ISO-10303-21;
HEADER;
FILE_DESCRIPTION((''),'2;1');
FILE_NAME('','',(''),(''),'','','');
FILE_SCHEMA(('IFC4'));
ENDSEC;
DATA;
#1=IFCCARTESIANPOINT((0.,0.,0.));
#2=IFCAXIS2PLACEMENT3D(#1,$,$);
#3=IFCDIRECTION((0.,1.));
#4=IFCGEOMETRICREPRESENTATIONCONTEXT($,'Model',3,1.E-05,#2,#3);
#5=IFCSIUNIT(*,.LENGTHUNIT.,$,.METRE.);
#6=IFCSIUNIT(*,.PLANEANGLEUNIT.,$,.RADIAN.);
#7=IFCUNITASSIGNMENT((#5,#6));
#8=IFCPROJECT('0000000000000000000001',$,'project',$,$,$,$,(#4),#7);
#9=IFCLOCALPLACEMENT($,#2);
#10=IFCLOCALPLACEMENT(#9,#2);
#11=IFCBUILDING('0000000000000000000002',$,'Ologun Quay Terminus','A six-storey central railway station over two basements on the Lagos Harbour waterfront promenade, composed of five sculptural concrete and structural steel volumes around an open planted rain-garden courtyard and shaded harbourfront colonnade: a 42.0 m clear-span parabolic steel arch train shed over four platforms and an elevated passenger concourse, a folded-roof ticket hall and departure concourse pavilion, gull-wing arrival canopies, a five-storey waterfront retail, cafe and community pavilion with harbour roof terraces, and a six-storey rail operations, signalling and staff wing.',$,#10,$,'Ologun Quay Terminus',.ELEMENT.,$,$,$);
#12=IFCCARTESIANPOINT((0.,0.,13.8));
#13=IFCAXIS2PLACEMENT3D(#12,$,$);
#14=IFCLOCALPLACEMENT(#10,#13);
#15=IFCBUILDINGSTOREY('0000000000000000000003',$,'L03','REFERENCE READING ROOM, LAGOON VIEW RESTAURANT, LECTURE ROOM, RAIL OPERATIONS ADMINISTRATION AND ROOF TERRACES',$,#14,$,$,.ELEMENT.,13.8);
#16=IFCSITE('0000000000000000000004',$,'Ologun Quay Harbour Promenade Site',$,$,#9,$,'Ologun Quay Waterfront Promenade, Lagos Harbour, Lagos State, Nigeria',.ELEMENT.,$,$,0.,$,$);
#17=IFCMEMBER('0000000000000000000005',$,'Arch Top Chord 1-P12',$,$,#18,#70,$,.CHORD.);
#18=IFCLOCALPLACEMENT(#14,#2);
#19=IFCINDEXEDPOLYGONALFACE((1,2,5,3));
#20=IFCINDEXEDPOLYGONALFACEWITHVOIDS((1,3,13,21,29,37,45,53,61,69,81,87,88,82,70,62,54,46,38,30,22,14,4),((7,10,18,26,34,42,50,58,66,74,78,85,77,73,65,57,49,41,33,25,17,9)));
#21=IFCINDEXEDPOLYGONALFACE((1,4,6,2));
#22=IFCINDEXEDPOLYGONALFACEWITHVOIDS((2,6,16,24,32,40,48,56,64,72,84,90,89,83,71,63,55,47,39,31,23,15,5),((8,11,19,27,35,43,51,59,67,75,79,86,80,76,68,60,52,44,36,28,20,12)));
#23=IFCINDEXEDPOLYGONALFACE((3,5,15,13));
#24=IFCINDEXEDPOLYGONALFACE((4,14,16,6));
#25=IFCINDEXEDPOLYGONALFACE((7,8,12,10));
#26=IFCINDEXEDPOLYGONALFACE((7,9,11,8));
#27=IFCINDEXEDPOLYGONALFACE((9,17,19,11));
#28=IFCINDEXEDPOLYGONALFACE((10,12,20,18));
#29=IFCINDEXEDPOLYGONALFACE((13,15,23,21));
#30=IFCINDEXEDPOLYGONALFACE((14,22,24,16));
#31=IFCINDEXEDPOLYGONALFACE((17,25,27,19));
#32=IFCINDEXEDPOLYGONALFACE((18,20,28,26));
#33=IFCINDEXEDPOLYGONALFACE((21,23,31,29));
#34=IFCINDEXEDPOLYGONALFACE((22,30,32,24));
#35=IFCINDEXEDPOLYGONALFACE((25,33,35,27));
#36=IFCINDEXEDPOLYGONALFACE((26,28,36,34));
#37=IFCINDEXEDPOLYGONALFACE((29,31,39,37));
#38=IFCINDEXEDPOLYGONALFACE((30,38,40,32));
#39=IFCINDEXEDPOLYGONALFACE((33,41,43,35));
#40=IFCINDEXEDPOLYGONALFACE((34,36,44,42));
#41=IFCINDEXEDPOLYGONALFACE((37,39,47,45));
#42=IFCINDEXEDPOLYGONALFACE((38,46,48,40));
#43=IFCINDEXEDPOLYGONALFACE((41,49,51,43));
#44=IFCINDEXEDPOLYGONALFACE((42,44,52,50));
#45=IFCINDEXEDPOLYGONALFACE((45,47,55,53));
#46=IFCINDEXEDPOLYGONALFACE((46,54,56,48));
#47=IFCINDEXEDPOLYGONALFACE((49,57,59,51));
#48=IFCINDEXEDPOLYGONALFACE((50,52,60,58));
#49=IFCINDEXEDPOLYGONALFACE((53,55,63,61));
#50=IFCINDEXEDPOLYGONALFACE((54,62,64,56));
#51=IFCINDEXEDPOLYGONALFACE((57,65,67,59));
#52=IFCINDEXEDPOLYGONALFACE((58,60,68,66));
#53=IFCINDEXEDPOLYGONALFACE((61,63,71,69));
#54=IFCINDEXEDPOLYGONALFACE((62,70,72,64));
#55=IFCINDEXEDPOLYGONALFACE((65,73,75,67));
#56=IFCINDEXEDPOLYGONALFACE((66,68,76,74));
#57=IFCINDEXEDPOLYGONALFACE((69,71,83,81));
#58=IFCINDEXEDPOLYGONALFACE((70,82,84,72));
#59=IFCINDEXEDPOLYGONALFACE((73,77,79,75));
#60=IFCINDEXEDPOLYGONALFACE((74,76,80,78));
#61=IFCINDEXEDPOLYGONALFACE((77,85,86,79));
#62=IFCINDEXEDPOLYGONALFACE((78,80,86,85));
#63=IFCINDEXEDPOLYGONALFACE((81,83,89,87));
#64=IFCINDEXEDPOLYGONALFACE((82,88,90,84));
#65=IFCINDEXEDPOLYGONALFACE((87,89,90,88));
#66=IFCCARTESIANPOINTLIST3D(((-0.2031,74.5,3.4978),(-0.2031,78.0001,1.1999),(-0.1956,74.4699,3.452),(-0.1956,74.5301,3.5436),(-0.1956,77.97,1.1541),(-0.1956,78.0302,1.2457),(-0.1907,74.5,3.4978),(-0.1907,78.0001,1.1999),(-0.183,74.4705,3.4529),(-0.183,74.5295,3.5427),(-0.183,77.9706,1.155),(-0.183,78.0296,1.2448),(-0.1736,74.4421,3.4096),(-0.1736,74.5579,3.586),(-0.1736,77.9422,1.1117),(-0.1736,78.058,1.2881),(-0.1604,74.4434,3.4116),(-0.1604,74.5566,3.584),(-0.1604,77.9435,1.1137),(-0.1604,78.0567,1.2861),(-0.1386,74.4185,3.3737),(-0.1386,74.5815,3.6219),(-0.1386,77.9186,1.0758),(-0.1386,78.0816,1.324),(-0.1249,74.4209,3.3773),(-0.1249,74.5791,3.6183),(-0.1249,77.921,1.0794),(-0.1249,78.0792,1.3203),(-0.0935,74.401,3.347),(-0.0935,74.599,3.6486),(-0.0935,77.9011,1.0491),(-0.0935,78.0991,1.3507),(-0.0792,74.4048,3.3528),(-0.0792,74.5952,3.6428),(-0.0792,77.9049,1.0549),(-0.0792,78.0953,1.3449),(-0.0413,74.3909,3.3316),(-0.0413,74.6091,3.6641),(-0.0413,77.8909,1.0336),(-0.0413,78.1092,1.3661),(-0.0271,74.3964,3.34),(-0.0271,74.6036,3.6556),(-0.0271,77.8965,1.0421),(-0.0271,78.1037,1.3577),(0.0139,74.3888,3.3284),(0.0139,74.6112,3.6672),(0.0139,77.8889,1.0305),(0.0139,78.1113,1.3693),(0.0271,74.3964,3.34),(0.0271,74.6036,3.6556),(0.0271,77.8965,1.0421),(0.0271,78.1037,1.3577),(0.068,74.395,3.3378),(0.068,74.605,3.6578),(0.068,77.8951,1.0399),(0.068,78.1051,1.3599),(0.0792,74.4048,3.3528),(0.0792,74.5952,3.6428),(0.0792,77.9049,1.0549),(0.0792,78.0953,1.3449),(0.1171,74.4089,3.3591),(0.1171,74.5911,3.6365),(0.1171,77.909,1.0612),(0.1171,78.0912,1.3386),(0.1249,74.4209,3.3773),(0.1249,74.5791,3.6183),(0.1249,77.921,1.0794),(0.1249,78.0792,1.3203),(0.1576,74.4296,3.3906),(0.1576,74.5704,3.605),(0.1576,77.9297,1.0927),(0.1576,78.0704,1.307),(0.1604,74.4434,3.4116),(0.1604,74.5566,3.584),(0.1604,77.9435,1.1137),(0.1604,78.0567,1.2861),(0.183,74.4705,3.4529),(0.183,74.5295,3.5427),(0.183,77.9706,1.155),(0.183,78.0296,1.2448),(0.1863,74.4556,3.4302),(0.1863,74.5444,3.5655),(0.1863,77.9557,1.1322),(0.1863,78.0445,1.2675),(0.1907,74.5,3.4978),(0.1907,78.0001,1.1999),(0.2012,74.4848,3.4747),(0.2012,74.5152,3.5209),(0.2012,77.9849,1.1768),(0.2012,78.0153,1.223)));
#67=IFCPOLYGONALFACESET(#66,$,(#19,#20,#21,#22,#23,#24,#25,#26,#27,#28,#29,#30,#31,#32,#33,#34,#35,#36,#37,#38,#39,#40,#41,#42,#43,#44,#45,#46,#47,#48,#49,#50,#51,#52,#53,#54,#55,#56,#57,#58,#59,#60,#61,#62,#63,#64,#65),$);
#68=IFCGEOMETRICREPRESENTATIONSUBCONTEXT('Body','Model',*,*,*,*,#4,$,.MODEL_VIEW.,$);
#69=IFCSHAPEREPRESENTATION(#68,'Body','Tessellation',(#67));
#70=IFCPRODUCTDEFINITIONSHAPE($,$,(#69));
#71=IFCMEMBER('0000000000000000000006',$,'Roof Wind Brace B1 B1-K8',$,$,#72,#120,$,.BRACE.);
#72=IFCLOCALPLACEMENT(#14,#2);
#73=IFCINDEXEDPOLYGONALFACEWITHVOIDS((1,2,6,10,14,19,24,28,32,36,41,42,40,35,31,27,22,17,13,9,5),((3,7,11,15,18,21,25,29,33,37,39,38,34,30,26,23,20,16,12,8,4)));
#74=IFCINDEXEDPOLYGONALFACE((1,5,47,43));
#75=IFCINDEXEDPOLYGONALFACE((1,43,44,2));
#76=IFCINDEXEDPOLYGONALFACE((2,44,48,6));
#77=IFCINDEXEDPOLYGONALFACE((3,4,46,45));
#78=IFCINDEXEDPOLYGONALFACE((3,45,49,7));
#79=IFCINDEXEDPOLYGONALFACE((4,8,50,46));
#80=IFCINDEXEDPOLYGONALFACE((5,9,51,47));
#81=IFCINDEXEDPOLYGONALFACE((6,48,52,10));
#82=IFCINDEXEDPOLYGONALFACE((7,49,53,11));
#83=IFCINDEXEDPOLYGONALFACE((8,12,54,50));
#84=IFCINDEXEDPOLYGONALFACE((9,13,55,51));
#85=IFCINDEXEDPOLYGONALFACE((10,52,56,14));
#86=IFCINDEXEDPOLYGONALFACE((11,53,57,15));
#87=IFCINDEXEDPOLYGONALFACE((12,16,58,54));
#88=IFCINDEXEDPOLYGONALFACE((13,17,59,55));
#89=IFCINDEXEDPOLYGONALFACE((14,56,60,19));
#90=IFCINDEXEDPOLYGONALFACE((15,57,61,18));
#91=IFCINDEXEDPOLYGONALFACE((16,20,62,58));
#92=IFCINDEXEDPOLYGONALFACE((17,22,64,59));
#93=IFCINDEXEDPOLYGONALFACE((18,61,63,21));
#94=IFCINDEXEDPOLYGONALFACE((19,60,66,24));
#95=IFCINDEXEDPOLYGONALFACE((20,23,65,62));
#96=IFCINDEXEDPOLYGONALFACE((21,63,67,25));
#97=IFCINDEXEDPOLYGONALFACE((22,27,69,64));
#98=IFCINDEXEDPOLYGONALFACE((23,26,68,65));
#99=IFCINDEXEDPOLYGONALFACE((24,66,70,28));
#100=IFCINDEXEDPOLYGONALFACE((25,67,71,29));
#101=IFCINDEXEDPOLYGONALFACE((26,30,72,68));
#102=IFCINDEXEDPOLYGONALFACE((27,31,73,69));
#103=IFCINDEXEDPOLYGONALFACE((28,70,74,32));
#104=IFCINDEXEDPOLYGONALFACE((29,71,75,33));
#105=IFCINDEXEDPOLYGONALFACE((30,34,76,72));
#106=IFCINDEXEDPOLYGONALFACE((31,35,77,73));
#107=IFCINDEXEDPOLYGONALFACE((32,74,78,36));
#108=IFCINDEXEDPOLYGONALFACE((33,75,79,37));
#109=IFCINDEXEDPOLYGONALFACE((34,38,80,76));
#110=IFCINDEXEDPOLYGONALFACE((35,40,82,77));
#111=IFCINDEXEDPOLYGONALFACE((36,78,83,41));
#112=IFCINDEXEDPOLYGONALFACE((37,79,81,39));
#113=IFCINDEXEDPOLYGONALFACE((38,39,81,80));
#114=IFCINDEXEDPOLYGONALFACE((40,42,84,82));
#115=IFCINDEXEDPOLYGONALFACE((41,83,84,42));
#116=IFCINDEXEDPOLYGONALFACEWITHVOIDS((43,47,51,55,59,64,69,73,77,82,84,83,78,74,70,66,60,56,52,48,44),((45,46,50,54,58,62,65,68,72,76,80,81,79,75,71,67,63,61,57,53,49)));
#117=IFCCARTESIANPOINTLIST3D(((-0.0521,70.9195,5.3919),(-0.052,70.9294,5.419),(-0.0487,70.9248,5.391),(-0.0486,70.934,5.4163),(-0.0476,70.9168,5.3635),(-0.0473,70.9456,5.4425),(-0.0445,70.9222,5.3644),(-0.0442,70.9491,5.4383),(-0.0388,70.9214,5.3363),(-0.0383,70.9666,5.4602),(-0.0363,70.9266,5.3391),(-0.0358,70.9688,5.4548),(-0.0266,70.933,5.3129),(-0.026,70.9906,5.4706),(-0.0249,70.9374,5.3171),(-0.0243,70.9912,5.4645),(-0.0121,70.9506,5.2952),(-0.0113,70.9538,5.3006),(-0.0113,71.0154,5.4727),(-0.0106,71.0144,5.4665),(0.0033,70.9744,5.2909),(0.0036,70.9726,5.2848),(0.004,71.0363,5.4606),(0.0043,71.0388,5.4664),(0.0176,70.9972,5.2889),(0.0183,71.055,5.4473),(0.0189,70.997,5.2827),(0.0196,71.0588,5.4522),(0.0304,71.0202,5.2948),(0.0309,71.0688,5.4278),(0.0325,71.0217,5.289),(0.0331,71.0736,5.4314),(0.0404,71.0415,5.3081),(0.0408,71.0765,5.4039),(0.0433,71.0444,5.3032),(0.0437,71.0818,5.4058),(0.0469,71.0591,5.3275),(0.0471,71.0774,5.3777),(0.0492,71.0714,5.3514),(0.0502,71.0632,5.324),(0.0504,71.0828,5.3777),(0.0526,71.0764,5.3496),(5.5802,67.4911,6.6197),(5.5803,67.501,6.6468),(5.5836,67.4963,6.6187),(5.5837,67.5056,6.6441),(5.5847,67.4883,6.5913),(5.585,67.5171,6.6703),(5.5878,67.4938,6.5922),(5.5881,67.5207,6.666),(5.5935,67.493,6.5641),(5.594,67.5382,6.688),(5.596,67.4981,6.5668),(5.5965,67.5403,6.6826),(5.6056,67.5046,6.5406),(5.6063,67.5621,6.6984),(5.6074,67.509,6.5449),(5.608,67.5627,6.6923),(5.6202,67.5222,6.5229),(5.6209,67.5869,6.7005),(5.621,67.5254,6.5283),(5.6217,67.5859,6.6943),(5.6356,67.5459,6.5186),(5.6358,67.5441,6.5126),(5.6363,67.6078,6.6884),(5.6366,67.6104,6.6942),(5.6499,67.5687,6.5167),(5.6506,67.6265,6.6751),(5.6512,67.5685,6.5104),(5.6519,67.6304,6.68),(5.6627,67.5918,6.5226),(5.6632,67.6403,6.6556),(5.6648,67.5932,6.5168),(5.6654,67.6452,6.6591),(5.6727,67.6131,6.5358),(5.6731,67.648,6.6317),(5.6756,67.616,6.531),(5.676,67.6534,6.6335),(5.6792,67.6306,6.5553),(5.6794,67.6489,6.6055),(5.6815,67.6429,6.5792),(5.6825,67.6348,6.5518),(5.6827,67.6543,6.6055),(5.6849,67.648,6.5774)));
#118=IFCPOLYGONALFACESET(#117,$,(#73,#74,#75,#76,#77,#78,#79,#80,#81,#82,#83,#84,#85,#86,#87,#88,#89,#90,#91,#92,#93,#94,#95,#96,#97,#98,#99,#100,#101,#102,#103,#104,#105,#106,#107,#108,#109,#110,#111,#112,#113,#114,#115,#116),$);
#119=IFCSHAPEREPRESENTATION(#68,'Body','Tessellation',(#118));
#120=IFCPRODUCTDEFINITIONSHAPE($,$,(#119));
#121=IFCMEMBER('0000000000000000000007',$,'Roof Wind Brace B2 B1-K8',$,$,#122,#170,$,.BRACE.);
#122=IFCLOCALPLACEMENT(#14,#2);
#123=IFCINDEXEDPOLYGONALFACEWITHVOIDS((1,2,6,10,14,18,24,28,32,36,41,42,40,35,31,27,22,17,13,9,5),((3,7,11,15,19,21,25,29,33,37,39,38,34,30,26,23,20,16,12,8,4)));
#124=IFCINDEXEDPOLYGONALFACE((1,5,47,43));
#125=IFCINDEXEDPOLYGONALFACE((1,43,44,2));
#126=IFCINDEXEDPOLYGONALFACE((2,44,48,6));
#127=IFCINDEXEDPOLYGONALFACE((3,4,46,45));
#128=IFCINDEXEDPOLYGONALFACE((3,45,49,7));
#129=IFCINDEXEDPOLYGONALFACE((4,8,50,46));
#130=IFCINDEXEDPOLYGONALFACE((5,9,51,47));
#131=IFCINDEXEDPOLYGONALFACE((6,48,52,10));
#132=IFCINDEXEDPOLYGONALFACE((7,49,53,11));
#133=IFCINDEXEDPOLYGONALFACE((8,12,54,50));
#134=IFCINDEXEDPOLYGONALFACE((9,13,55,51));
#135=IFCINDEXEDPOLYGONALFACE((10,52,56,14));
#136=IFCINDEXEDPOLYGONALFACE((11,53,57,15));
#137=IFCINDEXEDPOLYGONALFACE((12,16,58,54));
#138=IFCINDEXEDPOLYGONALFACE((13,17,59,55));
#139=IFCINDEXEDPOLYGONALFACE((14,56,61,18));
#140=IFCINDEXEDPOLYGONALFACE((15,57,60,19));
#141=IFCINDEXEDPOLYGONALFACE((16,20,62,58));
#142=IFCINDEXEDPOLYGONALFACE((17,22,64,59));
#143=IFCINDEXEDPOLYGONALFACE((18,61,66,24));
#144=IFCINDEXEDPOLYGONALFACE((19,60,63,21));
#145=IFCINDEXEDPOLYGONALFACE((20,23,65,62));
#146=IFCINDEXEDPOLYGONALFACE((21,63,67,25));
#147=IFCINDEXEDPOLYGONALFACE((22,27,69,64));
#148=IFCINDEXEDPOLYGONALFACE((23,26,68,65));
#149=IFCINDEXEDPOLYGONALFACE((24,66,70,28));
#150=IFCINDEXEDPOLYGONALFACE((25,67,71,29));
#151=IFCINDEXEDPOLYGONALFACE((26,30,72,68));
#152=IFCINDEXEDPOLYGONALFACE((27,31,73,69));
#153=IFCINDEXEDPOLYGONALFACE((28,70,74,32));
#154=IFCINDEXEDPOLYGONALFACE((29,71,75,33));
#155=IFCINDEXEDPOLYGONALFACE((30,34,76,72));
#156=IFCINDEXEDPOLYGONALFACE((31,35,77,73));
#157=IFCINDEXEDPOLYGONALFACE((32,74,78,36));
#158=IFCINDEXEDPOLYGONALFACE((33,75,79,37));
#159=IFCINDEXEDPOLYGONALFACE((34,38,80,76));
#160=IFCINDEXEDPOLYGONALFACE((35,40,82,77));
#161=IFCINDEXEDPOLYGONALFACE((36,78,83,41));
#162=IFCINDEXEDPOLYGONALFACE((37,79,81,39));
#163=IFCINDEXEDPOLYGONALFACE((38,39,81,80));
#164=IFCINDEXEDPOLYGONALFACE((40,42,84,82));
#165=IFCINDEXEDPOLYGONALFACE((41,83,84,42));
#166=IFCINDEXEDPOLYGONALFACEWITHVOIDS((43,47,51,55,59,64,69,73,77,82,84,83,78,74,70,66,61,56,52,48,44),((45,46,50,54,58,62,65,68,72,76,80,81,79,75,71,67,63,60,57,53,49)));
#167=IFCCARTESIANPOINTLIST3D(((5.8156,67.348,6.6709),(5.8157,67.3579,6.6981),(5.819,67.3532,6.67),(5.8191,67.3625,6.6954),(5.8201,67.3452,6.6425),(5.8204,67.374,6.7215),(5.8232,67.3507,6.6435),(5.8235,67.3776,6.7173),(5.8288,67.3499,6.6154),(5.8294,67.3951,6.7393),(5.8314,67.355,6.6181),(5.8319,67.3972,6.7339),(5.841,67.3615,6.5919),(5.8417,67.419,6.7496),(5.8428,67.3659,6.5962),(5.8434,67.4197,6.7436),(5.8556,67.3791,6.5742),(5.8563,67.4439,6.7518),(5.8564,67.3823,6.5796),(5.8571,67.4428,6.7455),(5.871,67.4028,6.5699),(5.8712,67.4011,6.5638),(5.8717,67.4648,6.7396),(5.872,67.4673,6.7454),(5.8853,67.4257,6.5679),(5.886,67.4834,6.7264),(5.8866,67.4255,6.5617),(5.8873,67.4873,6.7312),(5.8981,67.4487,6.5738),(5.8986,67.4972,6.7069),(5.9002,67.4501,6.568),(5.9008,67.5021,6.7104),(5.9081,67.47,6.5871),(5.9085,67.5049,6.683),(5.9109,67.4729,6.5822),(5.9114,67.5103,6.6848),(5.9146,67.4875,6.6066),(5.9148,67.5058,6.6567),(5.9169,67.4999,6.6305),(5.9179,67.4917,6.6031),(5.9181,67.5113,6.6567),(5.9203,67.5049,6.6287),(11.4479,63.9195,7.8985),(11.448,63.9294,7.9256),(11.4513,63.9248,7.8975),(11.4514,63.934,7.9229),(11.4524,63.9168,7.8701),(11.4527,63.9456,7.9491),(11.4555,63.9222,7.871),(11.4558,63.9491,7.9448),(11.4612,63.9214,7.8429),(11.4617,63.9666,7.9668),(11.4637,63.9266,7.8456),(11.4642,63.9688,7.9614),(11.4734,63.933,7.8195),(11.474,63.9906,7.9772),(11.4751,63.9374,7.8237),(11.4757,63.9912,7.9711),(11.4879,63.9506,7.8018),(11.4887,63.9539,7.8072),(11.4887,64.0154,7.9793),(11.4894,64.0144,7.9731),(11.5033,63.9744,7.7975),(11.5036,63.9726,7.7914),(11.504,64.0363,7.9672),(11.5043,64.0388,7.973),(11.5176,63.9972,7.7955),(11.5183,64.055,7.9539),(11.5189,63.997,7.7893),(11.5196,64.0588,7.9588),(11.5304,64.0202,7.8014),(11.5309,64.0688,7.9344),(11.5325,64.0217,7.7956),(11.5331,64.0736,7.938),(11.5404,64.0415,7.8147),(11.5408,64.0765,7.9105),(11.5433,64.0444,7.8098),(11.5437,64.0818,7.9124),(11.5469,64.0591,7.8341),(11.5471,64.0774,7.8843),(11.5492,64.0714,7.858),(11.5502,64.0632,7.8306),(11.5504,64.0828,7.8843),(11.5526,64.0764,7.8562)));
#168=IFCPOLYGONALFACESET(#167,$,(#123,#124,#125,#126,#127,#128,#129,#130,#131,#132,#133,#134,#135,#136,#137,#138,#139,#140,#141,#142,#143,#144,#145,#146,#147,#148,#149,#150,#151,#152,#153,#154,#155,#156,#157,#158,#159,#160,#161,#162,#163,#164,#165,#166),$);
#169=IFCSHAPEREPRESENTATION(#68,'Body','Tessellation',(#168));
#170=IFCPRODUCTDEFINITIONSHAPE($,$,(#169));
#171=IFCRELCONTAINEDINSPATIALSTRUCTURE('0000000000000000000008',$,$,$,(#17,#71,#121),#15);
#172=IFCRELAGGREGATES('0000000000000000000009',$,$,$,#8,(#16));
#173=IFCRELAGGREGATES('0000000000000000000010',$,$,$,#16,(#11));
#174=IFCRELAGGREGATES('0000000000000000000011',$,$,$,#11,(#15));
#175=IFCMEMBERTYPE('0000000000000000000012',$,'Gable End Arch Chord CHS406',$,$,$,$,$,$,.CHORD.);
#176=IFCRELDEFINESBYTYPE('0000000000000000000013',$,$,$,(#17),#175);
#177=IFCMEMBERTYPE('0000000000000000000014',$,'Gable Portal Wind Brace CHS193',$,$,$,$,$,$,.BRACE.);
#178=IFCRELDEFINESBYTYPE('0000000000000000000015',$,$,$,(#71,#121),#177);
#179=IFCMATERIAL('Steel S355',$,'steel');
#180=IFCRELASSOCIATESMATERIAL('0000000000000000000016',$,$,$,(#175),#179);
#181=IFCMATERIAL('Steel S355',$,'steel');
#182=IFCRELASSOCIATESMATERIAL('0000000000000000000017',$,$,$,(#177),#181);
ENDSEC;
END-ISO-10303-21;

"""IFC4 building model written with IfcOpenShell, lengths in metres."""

from ifc_helpers import new_model, si_unit, direction, frame, origin, origin_2d, place, context, subcontext, project, spatial, hollow_circle, extrude, material, material_profile, profile_set, type_object, element, save


model = new_model("IFC4")

# Units and contexts
model_context = context("Model", 3, precision=1e-05, world=origin(), true_north=direction((0.0, 1.0)))
body_context = subcontext(model_context, "Body", "Model", "MODEL_VIEW")
ifc_project = project(units=[si_unit("LENGTHUNIT", "METRE"), si_unit("PLANEANGLEUNIT", "RADIAN")], contexts=[model_context])

# Site, building, storey
site_placement = place(None, origin())
site = spatial("IfcSite", under=ifc_project, at=site_placement, Name="Ologun Quay Harbour Promenade Site", LongName="Ologun Quay Waterfront Promenade, Lagos Harbour, Lagos State, Nigeria", CompositionType="ELEMENT", RefElevation=0.0)
building_placement = place(site_placement, origin())
building = spatial("IfcBuilding", under=site, at=building_placement, Name="Ologun Quay Terminus", Description="A six-storey central railway station over two basements on the Lagos Harbour waterfront promenade, composed of five sculptural concrete and structural steel volumes around an open planted rain-garden courtyard and shaded harbourfront colonnade: a 42.0 m clear-span parabolic steel arch train shed over four platforms and an elevated passenger concourse, a folded-roof ticket hall and departure concourse pavilion, gull-wing arrival canopies, a five-storey waterfront retail, cafe and community pavilion with harbour roof terraces, and a six-storey rail operations, signalling and staff wing.", LongName="Ologun Quay Terminus", CompositionType="ELEMENT")
storey_placement = place(building_placement, frame((0.0, 0.0, 13.8)))
storey = spatial("IfcBuildingStorey", under=building, at=storey_placement, Name="L03", Description="REFERENCE READING ROOM, LAGOON VIEW RESTAURANT, LECTURE ROOM, RAIL OPERATIONS ADMINISTRATION AND ROOF TERRACES", CompositionType="ELEMENT", Elevation=13.8)

# Members
ifc_material_1 = material(Name="Steel S355", Category="steel")
ifc_material_profile_1 = material_profile(ifc_material_1, hollow_circle(Radius=0.2031, WallThickness=0.0125, at=origin_2d()), Name="CHS 406.4x12.5")
ifc_profile_set_1 = profile_set([ifc_material_profile_1], Name="Steel S355")
member_type_1 = type_object("IfcMemberType", Name="Gable End Arch Chord CHS406", PredefinedType="CHORD", material=ifc_profile_set_1)
member_1_placement = place(storey_placement, frame((0.0, 74.5, 3.4978), z_axis=(0.0, 0.835941, -0.548819), x_axis=(-1.0, 0.0, 0.0)))
element("IfcMember", 1, at=member_1_placement, inside=storey, type_object=member_type_1, Name="Arch Top Chord 1-P12", PredefinedType="CHORD", context=body_context, shape_type="SweptSolid", body=[
    extrude(hollow_circle(Radius=0.2031, WallThickness=0.0125, at=origin_2d()), origin(), (0.0, 0.0, 1.0), 4.187),
])
ifc_material_2 = material(Name="Steel S355", Category="steel")
ifc_material_profile_2 = material_profile(ifc_material_2, hollow_circle(Radius=0.0969, WallThickness=0.0063, at=origin_2d()), Name="CHS 193.7x6.3")
ifc_profile_set_2 = profile_set([ifc_material_profile_2], Name="Steel S355")
member_type_2 = type_object("IfcMemberType", Name="Gable Portal Wind Brace CHS193", PredefinedType="BRACE", material=ifc_profile_set_2)
for number, where, z_axis, x_axis, name in (
    (2, (0.0, 71.0, 5.3777), (0.839758, -0.511171, 0.183058), (0.519958, 0.854192, 0.0), "Roof Wind Brace B1 B1-K8"),
    (3, (5.8677, 67.4285, 6.6567), (0.839764, -0.511175, 0.183023), (0.519958, 0.854192, 0.0), "Roof Wind Brace B2 B1-K8"),
):
    element("IfcMember", number, at=place(storey_placement, frame(where, z_axis=z_axis, x_axis=x_axis)), inside=storey, type_object=member_type_2, Name=name, PredefinedType="BRACE", context=body_context, shape_type="SweptSolid", body=[
        extrude(hollow_circle(Radius=0.0969, WallThickness=0.0063, at=origin_2d()), origin(), (0.0, 0.0, 1.0), 6.707),
    ])

save(model, "model.ifc")
